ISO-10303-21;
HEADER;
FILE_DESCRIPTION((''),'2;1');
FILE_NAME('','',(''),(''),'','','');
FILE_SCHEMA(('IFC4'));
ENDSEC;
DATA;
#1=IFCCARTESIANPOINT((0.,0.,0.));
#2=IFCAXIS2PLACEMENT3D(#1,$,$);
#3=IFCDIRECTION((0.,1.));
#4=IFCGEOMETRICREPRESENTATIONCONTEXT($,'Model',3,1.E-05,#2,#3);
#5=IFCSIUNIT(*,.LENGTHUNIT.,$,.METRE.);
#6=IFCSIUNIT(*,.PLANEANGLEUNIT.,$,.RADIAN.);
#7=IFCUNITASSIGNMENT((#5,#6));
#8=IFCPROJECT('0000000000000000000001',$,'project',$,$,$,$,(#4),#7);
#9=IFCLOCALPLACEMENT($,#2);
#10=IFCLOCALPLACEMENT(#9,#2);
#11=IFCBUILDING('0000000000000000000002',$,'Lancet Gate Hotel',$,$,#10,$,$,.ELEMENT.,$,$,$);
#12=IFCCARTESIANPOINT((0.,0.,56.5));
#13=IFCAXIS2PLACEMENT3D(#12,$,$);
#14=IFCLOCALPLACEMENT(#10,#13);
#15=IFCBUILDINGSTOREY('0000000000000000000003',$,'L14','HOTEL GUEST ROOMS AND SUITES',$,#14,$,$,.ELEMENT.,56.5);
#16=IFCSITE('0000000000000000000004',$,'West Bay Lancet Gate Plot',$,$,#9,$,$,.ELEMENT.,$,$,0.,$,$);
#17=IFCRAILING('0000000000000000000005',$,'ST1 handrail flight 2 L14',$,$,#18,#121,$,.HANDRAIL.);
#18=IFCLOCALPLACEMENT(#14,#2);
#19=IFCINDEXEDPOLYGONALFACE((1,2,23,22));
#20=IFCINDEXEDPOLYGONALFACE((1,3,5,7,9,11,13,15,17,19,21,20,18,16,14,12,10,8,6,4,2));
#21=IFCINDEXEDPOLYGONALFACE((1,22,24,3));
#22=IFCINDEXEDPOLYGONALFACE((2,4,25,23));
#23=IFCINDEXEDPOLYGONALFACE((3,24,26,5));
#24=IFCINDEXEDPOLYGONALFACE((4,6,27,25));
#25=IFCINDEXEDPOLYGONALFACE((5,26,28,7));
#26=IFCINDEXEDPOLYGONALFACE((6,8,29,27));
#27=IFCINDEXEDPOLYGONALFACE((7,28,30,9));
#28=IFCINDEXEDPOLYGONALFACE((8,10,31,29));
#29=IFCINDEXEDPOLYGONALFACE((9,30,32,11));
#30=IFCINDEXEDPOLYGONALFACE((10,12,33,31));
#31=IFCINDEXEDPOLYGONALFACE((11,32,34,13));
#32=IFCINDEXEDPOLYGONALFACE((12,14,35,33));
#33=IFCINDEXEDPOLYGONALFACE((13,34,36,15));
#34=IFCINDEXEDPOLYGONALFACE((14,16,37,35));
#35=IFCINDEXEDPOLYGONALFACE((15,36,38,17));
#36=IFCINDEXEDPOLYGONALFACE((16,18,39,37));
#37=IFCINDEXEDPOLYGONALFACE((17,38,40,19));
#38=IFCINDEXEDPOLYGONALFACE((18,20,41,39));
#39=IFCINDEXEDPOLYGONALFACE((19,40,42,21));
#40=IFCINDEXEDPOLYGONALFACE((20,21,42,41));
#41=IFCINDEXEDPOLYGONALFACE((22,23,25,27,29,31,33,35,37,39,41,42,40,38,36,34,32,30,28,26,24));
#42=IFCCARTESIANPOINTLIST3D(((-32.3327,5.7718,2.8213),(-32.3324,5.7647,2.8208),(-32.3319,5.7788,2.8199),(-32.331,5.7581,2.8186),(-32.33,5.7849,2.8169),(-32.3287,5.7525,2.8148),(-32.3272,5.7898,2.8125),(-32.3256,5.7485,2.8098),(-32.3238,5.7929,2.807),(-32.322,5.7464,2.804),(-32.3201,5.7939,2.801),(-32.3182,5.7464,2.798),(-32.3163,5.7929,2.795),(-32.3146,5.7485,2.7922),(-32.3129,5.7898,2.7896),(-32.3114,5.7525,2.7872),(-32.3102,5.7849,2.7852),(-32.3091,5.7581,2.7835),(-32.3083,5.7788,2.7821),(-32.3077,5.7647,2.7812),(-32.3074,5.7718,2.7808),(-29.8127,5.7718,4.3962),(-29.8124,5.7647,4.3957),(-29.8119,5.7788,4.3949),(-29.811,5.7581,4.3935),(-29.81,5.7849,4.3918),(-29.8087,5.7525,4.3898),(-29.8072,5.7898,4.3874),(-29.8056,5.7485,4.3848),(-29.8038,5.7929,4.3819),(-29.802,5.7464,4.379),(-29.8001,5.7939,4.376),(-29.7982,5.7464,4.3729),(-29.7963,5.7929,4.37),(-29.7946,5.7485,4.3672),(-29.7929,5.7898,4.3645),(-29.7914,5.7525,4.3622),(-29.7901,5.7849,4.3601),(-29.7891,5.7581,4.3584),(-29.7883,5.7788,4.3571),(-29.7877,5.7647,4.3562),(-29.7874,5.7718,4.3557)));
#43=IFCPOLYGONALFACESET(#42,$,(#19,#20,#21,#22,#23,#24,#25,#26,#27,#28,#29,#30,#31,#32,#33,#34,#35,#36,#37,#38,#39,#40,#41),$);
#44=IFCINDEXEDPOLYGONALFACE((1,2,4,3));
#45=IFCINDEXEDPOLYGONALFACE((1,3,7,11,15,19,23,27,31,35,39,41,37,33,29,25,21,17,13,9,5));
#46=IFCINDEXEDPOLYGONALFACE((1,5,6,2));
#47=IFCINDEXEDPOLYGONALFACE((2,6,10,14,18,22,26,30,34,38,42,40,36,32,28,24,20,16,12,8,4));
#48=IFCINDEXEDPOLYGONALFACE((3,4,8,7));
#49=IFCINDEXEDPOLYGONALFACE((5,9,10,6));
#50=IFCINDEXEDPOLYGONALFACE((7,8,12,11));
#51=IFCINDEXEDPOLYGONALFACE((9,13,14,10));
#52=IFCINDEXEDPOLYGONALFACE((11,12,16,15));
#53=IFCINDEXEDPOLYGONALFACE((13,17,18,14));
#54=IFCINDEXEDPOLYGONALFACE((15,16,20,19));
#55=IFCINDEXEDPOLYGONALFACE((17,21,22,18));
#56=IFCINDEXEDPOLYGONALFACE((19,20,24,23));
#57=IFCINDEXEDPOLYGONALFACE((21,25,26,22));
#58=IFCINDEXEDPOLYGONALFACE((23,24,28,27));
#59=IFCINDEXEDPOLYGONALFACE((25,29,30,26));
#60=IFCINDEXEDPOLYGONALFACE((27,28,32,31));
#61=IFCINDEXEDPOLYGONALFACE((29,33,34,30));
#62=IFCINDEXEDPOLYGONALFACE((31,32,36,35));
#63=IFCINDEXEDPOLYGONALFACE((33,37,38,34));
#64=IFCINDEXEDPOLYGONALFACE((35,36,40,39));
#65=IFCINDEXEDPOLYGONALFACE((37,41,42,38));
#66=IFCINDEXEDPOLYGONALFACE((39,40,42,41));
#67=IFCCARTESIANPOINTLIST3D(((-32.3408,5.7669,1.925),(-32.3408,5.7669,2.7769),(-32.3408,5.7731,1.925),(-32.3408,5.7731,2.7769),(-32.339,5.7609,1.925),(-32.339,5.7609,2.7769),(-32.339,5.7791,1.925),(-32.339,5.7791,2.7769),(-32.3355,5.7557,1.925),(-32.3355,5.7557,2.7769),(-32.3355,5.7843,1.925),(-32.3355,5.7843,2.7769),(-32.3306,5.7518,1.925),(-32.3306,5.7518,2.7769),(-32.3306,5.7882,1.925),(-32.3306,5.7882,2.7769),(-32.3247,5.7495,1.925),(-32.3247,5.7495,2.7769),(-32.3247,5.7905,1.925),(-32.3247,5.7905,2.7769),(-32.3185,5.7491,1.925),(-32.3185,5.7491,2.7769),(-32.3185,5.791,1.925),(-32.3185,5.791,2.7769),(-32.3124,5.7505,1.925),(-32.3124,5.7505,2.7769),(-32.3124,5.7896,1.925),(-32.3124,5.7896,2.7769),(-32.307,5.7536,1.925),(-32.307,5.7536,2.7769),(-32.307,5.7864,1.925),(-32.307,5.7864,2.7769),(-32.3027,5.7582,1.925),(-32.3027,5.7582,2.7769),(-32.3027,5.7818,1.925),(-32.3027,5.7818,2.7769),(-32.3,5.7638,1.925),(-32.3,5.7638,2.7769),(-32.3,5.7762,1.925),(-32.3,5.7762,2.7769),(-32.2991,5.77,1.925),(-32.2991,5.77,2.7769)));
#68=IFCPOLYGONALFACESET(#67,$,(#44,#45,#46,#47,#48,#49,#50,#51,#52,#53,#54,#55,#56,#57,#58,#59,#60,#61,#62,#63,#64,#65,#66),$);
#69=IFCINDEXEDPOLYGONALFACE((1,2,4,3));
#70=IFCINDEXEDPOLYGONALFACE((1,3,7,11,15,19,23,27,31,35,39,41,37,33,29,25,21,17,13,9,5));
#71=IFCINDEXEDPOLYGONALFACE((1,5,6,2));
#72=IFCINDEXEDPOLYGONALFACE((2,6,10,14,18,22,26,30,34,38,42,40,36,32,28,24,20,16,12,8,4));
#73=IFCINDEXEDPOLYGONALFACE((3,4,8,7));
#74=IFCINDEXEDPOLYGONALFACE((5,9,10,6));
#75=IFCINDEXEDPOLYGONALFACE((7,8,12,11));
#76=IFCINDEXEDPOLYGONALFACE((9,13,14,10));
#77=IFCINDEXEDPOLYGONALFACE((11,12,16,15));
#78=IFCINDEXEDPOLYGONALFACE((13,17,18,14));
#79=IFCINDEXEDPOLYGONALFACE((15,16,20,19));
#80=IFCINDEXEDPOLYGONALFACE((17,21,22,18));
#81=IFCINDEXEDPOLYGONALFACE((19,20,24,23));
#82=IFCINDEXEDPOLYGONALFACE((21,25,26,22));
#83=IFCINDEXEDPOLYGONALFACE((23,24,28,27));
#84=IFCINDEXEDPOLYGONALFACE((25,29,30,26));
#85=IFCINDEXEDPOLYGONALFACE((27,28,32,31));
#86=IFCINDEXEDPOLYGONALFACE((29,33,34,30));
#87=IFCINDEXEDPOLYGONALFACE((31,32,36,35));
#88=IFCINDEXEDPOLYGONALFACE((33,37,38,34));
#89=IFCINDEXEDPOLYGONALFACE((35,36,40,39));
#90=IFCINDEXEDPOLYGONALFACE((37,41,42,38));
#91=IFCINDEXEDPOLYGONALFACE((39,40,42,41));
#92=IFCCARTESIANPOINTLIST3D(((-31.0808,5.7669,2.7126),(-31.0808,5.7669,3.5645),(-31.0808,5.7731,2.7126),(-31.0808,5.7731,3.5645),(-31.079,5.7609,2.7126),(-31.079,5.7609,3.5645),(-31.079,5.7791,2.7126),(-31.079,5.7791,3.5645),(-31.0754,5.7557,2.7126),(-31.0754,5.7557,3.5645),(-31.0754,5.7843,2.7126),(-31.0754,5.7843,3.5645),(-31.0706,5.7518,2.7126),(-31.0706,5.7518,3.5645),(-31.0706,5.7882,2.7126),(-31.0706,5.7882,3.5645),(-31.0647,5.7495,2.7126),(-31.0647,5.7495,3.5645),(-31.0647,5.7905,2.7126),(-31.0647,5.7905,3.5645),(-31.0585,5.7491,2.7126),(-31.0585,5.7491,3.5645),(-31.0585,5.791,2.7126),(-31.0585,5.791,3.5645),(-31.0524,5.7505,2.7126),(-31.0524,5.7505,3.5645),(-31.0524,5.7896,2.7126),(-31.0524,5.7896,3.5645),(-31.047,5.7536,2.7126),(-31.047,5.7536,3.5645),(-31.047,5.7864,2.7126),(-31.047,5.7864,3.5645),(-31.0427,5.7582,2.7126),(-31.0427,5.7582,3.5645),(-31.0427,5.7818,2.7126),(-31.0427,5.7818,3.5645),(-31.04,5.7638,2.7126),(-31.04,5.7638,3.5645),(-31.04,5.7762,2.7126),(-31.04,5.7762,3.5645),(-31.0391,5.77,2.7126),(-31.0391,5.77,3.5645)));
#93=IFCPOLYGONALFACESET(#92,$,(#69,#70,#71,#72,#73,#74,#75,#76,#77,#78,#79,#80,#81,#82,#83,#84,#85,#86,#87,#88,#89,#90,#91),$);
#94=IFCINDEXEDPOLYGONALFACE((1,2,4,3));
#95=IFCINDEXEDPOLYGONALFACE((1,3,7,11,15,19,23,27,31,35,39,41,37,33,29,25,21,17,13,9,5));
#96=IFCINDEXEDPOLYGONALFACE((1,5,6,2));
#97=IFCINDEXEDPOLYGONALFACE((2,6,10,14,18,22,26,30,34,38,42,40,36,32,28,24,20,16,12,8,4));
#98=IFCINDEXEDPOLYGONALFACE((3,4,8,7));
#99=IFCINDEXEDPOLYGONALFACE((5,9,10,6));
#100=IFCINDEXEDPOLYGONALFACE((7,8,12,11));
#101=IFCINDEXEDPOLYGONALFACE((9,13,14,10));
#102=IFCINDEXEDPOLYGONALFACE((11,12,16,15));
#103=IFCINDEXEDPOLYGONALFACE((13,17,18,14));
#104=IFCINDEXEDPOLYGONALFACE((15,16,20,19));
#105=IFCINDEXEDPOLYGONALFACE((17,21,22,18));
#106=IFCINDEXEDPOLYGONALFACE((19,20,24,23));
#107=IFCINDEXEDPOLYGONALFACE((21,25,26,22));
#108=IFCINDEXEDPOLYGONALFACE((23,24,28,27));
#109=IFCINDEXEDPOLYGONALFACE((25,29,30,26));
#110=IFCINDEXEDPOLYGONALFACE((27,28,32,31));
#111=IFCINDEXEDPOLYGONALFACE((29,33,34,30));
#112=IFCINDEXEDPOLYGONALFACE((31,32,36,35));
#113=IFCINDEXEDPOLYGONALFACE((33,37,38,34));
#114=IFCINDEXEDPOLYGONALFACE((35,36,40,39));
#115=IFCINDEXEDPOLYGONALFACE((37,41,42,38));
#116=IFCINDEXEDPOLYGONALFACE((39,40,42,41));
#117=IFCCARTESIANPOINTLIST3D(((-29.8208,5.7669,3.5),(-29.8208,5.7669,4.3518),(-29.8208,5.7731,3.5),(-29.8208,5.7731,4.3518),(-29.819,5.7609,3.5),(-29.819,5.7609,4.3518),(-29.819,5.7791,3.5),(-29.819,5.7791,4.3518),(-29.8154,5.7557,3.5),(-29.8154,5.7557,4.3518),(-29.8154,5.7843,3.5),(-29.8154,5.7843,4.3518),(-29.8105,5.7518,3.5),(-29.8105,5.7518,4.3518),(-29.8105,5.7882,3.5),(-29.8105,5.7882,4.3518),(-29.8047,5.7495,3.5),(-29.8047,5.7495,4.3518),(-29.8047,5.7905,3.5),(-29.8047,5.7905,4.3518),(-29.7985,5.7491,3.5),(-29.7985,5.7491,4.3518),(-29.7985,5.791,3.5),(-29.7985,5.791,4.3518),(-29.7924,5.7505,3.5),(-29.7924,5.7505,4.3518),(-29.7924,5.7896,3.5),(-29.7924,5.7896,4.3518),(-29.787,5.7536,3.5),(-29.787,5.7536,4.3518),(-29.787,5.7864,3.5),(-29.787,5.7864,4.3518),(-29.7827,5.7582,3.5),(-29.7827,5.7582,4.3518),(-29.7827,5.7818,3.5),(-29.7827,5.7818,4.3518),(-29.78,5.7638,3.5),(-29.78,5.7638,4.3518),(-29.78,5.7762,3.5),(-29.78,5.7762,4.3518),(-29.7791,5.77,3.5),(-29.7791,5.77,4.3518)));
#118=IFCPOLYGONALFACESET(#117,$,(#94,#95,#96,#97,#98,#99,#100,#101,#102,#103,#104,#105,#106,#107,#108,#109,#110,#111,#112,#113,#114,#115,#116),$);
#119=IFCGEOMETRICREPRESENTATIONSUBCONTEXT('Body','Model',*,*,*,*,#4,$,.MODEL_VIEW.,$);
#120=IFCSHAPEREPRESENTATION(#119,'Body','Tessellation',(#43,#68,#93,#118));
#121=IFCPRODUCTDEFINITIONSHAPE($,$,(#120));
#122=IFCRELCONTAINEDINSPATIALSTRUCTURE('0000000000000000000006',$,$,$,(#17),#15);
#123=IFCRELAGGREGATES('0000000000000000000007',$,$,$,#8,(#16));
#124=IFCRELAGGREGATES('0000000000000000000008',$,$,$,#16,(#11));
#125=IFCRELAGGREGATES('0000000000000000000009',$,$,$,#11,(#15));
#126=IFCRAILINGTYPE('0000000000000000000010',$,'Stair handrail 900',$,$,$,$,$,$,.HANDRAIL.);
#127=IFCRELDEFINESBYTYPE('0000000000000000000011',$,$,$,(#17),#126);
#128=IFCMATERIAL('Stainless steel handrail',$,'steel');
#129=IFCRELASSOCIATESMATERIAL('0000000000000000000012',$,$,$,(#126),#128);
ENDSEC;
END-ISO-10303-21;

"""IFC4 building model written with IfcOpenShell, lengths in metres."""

from ifc_helpers import new_model, si_unit, direction, frame, origin, origin_2d, place, context, subcontext, project, spatial, circle, extrude, material, type_object, element, save


model = new_model("IFC4")

# Units and contexts
model_context = context("Model", 3, precision=1e-05, world=origin(), true_north=direction((0.0, 1.0)))
body_context = subcontext(model_context, "Body", "Model", "MODEL_VIEW")
ifc_project = project(units=[si_unit("LENGTHUNIT", "METRE"), si_unit("PLANEANGLEUNIT", "RADIAN")], contexts=[model_context])

# Site, building, storey
site_placement = place(None, origin())
site = spatial("IfcSite", under=ifc_project, at=site_placement, Name="West Bay Lancet Gate Plot", CompositionType="ELEMENT", RefElevation=0.0)
building_placement = place(site_placement, origin())
building = spatial("IfcBuilding", under=site, at=building_placement, Name="Lancet Gate Hotel", CompositionType="ELEMENT")
storey_placement = place(building_placement, frame((0.0, 0.0, 56.5)))
storey = spatial("IfcBuildingStorey", under=building, at=storey_placement, Name="L14", Description="HOTEL GUEST ROOMS AND SUITES", CompositionType="ELEMENT", Elevation=56.5)

# Railing
ifc_material_1 = material(Name="Stainless steel handrail", Category="steel")
railing_type = type_object("IfcRailingType", Name="Stair handrail 900", PredefinedType="HANDRAIL", material=ifc_material_1)
railing_1_placement = place(storey_placement, frame((-32.3201, 5.77, 1.925)))
element("IfcRailing", 1, at=railing_1_placement, inside=storey, type_object=railing_type, Name="ST1 handrail flight 2 L14", PredefinedType="HANDRAIL", context=body_context, shape_type="SweptSolid", body=[
    extrude(circle(Radius=0.0239, at=origin_2d()), frame((0.0, 0.0, 0.876), z_axis=(0.848008, 0.0, 0.529984), x_axis=(0.0, 1.0, 0.0)), (0.0, 0.0, 1.0), 2.9717),
    extrude(circle(Radius=0.021, at=origin_2d()), origin(), (0.0, 0.0, 1.0), 0.8518),
    extrude(circle(Radius=0.021, at=origin_2d()), frame((1.26, 0.0, 0.7876)), (0.0, 0.0, 1.0), 0.8518),
    extrude(circle(Radius=0.021, at=origin_2d()), frame((2.52, 0.0, 1.575)), (0.0, 0.0, 1.0), 0.8518),
])

save(model, "model.ifc")
